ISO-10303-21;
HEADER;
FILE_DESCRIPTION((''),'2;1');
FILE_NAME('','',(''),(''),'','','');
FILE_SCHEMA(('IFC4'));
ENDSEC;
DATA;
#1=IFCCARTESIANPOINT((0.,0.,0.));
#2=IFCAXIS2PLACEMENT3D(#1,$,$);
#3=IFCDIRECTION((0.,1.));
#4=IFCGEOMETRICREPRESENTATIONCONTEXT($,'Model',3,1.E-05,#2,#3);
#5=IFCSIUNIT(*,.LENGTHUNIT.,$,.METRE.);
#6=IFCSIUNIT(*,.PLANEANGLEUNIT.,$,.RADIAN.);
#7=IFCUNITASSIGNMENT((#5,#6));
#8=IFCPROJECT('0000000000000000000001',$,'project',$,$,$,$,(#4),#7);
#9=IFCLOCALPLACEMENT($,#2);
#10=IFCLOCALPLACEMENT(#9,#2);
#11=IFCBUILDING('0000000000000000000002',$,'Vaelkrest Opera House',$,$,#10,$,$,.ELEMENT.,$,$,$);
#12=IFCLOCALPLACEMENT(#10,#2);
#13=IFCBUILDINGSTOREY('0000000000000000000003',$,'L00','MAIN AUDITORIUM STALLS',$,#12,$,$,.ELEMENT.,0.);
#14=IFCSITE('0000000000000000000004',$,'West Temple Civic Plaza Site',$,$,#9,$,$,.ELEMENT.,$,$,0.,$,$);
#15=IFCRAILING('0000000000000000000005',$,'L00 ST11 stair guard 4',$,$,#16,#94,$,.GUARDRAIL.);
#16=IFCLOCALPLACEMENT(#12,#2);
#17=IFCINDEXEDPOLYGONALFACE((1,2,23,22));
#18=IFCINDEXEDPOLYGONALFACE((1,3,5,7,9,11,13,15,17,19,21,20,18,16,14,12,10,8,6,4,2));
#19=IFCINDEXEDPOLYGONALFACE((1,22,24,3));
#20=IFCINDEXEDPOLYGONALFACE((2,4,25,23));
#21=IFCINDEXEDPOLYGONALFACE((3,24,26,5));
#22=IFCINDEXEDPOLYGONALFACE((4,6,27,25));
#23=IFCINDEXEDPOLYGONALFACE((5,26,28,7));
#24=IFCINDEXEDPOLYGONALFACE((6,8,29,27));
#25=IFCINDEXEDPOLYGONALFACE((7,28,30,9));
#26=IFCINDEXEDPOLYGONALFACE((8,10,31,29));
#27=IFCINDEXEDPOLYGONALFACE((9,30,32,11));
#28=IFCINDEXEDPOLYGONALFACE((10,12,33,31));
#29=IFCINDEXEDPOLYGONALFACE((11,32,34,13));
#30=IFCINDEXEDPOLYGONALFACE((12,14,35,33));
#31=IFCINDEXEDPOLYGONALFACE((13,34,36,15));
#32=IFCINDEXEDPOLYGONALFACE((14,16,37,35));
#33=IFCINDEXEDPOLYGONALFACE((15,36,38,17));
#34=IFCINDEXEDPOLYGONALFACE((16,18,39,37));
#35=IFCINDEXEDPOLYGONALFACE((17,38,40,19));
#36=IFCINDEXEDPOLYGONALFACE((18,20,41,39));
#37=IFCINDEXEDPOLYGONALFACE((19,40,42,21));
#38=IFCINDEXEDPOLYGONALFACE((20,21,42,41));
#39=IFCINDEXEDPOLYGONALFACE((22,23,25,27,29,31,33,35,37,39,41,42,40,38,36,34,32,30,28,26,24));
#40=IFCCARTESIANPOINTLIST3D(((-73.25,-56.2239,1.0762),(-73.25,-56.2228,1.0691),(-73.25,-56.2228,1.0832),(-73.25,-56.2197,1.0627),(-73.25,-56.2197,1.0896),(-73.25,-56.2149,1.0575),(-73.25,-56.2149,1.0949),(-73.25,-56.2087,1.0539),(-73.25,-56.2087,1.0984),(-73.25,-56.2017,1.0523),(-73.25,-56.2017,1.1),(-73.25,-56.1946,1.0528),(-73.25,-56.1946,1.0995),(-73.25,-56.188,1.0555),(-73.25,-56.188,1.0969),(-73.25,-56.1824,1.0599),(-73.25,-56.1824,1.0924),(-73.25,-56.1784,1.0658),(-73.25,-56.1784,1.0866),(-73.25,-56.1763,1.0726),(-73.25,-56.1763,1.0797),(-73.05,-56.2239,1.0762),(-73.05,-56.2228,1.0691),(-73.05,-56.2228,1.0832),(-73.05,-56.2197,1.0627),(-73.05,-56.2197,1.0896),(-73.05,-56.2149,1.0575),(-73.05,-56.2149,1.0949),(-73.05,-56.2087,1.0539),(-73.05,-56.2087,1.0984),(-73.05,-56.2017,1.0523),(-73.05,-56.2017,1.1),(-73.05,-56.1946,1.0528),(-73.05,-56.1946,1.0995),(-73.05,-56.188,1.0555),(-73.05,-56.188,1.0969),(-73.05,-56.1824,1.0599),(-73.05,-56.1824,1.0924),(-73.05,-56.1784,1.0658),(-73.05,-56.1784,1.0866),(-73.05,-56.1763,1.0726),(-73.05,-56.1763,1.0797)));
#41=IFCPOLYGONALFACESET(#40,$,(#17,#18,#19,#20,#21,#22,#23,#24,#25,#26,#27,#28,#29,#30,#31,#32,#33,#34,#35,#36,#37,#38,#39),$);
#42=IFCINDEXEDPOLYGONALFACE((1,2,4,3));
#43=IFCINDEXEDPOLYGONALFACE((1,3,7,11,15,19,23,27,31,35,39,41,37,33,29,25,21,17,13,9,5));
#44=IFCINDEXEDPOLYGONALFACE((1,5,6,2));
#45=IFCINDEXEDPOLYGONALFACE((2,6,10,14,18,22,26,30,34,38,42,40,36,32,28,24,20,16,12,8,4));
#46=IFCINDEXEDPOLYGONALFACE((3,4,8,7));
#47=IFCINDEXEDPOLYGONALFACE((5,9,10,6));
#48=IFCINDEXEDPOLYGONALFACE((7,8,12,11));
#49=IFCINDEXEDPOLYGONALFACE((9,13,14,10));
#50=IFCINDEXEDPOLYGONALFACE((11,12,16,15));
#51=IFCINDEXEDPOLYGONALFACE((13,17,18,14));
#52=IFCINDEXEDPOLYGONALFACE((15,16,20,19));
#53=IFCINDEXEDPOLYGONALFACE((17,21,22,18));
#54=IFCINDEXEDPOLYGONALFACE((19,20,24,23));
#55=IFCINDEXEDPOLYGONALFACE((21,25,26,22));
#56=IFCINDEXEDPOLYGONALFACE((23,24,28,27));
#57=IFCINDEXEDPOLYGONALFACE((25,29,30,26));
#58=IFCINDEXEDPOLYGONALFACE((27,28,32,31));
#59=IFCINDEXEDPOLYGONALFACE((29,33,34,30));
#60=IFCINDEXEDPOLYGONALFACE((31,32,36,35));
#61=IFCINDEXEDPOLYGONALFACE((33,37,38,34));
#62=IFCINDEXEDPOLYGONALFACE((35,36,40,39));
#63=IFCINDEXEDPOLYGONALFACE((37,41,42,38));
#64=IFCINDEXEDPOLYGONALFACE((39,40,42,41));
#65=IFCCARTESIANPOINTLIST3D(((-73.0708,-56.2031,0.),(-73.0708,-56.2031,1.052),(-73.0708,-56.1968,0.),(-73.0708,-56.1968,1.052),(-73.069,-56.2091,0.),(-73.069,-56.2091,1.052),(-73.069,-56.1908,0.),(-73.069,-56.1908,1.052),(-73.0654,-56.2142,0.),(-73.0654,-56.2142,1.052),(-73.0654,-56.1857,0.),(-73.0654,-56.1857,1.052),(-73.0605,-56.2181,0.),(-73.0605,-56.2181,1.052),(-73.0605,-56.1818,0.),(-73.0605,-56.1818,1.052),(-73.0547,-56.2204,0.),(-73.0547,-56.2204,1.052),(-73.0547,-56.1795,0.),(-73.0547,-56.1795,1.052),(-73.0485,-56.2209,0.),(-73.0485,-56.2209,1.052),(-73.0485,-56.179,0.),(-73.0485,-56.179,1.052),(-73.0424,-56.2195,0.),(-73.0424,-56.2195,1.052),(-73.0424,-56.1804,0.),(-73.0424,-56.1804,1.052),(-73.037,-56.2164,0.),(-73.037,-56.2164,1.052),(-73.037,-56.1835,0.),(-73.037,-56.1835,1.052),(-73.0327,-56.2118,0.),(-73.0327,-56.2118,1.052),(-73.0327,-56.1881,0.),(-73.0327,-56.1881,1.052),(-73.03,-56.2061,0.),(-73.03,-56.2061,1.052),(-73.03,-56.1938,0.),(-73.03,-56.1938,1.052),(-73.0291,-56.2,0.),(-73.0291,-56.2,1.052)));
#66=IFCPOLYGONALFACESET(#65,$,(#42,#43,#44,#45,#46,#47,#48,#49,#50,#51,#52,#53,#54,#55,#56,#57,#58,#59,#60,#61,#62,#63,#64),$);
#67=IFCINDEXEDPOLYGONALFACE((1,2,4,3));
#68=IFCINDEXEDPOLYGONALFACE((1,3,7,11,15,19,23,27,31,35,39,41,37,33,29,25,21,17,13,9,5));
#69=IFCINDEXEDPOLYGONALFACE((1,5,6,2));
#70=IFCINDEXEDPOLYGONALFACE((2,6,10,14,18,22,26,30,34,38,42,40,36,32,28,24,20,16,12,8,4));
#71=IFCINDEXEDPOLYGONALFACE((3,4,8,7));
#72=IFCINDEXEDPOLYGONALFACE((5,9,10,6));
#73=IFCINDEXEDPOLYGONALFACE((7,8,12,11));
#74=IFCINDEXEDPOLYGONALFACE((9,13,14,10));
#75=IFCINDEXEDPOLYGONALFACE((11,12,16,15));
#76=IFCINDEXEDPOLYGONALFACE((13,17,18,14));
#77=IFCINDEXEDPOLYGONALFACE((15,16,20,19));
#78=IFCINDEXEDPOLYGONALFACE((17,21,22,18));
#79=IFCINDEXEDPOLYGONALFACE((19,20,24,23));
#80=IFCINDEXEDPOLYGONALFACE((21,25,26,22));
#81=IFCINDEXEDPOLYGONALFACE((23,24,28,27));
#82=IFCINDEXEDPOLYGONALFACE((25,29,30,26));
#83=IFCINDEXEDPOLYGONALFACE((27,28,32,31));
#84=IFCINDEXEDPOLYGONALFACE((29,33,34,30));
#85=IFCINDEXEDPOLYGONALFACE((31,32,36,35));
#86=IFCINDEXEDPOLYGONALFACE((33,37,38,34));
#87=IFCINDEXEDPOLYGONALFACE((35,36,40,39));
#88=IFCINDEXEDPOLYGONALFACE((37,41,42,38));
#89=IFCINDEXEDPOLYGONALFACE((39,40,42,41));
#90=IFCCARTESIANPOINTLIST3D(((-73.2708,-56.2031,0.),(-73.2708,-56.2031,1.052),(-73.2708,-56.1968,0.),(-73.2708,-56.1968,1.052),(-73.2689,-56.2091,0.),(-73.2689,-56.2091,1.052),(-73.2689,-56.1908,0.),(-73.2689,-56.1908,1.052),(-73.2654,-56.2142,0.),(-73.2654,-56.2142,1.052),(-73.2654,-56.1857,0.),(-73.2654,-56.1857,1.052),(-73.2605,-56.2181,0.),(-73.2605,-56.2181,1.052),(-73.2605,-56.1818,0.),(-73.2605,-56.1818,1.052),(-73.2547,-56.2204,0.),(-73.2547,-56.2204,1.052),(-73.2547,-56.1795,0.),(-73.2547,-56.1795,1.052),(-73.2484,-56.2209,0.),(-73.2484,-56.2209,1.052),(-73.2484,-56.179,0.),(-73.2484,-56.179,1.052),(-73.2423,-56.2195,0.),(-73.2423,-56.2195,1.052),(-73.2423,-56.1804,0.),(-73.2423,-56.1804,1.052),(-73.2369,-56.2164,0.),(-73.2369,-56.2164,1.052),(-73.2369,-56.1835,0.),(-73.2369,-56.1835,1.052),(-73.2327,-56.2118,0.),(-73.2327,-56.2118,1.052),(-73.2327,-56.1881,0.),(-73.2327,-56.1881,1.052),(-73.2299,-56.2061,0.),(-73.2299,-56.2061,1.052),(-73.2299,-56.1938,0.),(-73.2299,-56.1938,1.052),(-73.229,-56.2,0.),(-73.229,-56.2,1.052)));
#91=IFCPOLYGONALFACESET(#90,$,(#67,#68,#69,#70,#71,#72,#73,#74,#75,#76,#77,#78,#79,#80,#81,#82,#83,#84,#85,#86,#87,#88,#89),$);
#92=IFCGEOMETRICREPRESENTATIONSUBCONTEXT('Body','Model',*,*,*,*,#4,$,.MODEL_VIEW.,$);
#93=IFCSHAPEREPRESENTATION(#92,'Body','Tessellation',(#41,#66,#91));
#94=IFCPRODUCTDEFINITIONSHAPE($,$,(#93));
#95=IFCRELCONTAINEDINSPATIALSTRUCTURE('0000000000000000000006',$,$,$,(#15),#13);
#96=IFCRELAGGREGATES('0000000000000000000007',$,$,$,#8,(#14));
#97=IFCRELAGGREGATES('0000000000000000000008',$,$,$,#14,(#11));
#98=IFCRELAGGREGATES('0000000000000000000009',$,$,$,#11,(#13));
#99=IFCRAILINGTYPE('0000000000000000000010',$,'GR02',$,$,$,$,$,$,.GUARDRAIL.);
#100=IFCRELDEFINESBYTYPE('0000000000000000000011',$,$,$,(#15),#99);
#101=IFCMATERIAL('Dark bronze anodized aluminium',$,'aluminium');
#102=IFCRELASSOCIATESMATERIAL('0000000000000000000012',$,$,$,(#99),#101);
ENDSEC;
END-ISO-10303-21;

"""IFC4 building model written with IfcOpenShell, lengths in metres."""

from ifc_helpers import new_model, si_unit, direction, frame, origin, origin_2d, place, context, subcontext, project, spatial, circle, extrude, material, type_object, element, save


model = new_model("IFC4")

# Units and contexts
model_context = context("Model", 3, precision=1e-05, world=origin(), true_north=direction((0.0, 1.0)))
body_context = subcontext(model_context, "Body", "Model", "MODEL_VIEW")
ifc_project = project(units=[si_unit("LENGTHUNIT", "METRE"), si_unit("PLANEANGLEUNIT", "RADIAN")], contexts=[model_context])

# Site, building, storey
site_placement = place(None, origin())
site = spatial("IfcSite", under=ifc_project, at=site_placement, Name="West Temple Civic Plaza Site", CompositionType="ELEMENT", RefElevation=0.0)
building_placement = place(site_placement, origin())
building = spatial("IfcBuilding", under=site, at=building_placement, Name="Vaelkrest Opera House", CompositionType="ELEMENT")
storey_placement = place(building_placement, origin())
storey = spatial("IfcBuildingStorey", under=building, at=storey_placement, Name="L00", Description="MAIN AUDITORIUM STALLS", CompositionType="ELEMENT", Elevation=0.0)

# Shared definitions
ifc_material_1 = material(Name="Dark bronze anodized aluminium", Category="aluminium")

# Railing
railing_type_1 = type_object("IfcRailingType", Name="GR02", PredefinedType="GUARDRAIL", material=ifc_material_1)
railing_1_placement = place(storey_placement, frame((-73.05, -56.2, 0.0)))
element("IfcRailing", 1, at=railing_1_placement, inside=storey, type_object=railing_type_1, Name="L00 ST11 stair guard 4", PredefinedType="GUARDRAIL", context=body_context, shape_type="SweptSolid", body=[
    extrude(circle(Radius=0.0239, at=origin_2d()), frame((0.0, 0.0, 1.0762), z_axis=(-1.0, 0.0, 0.0), x_axis=(0.0, -1.0, 0.0)), (0.0, 0.0, 1.0), 0.2),
    extrude(circle(Radius=0.021, at=origin_2d()), origin(), (0.0, 0.0, 1.0), 1.052),
    extrude(circle(Radius=0.021, at=origin_2d()), frame((-0.2, 0.0, 0.0)), (0.0, 0.0, 1.0), 1.052),
])

save(model, "model.ifc")
